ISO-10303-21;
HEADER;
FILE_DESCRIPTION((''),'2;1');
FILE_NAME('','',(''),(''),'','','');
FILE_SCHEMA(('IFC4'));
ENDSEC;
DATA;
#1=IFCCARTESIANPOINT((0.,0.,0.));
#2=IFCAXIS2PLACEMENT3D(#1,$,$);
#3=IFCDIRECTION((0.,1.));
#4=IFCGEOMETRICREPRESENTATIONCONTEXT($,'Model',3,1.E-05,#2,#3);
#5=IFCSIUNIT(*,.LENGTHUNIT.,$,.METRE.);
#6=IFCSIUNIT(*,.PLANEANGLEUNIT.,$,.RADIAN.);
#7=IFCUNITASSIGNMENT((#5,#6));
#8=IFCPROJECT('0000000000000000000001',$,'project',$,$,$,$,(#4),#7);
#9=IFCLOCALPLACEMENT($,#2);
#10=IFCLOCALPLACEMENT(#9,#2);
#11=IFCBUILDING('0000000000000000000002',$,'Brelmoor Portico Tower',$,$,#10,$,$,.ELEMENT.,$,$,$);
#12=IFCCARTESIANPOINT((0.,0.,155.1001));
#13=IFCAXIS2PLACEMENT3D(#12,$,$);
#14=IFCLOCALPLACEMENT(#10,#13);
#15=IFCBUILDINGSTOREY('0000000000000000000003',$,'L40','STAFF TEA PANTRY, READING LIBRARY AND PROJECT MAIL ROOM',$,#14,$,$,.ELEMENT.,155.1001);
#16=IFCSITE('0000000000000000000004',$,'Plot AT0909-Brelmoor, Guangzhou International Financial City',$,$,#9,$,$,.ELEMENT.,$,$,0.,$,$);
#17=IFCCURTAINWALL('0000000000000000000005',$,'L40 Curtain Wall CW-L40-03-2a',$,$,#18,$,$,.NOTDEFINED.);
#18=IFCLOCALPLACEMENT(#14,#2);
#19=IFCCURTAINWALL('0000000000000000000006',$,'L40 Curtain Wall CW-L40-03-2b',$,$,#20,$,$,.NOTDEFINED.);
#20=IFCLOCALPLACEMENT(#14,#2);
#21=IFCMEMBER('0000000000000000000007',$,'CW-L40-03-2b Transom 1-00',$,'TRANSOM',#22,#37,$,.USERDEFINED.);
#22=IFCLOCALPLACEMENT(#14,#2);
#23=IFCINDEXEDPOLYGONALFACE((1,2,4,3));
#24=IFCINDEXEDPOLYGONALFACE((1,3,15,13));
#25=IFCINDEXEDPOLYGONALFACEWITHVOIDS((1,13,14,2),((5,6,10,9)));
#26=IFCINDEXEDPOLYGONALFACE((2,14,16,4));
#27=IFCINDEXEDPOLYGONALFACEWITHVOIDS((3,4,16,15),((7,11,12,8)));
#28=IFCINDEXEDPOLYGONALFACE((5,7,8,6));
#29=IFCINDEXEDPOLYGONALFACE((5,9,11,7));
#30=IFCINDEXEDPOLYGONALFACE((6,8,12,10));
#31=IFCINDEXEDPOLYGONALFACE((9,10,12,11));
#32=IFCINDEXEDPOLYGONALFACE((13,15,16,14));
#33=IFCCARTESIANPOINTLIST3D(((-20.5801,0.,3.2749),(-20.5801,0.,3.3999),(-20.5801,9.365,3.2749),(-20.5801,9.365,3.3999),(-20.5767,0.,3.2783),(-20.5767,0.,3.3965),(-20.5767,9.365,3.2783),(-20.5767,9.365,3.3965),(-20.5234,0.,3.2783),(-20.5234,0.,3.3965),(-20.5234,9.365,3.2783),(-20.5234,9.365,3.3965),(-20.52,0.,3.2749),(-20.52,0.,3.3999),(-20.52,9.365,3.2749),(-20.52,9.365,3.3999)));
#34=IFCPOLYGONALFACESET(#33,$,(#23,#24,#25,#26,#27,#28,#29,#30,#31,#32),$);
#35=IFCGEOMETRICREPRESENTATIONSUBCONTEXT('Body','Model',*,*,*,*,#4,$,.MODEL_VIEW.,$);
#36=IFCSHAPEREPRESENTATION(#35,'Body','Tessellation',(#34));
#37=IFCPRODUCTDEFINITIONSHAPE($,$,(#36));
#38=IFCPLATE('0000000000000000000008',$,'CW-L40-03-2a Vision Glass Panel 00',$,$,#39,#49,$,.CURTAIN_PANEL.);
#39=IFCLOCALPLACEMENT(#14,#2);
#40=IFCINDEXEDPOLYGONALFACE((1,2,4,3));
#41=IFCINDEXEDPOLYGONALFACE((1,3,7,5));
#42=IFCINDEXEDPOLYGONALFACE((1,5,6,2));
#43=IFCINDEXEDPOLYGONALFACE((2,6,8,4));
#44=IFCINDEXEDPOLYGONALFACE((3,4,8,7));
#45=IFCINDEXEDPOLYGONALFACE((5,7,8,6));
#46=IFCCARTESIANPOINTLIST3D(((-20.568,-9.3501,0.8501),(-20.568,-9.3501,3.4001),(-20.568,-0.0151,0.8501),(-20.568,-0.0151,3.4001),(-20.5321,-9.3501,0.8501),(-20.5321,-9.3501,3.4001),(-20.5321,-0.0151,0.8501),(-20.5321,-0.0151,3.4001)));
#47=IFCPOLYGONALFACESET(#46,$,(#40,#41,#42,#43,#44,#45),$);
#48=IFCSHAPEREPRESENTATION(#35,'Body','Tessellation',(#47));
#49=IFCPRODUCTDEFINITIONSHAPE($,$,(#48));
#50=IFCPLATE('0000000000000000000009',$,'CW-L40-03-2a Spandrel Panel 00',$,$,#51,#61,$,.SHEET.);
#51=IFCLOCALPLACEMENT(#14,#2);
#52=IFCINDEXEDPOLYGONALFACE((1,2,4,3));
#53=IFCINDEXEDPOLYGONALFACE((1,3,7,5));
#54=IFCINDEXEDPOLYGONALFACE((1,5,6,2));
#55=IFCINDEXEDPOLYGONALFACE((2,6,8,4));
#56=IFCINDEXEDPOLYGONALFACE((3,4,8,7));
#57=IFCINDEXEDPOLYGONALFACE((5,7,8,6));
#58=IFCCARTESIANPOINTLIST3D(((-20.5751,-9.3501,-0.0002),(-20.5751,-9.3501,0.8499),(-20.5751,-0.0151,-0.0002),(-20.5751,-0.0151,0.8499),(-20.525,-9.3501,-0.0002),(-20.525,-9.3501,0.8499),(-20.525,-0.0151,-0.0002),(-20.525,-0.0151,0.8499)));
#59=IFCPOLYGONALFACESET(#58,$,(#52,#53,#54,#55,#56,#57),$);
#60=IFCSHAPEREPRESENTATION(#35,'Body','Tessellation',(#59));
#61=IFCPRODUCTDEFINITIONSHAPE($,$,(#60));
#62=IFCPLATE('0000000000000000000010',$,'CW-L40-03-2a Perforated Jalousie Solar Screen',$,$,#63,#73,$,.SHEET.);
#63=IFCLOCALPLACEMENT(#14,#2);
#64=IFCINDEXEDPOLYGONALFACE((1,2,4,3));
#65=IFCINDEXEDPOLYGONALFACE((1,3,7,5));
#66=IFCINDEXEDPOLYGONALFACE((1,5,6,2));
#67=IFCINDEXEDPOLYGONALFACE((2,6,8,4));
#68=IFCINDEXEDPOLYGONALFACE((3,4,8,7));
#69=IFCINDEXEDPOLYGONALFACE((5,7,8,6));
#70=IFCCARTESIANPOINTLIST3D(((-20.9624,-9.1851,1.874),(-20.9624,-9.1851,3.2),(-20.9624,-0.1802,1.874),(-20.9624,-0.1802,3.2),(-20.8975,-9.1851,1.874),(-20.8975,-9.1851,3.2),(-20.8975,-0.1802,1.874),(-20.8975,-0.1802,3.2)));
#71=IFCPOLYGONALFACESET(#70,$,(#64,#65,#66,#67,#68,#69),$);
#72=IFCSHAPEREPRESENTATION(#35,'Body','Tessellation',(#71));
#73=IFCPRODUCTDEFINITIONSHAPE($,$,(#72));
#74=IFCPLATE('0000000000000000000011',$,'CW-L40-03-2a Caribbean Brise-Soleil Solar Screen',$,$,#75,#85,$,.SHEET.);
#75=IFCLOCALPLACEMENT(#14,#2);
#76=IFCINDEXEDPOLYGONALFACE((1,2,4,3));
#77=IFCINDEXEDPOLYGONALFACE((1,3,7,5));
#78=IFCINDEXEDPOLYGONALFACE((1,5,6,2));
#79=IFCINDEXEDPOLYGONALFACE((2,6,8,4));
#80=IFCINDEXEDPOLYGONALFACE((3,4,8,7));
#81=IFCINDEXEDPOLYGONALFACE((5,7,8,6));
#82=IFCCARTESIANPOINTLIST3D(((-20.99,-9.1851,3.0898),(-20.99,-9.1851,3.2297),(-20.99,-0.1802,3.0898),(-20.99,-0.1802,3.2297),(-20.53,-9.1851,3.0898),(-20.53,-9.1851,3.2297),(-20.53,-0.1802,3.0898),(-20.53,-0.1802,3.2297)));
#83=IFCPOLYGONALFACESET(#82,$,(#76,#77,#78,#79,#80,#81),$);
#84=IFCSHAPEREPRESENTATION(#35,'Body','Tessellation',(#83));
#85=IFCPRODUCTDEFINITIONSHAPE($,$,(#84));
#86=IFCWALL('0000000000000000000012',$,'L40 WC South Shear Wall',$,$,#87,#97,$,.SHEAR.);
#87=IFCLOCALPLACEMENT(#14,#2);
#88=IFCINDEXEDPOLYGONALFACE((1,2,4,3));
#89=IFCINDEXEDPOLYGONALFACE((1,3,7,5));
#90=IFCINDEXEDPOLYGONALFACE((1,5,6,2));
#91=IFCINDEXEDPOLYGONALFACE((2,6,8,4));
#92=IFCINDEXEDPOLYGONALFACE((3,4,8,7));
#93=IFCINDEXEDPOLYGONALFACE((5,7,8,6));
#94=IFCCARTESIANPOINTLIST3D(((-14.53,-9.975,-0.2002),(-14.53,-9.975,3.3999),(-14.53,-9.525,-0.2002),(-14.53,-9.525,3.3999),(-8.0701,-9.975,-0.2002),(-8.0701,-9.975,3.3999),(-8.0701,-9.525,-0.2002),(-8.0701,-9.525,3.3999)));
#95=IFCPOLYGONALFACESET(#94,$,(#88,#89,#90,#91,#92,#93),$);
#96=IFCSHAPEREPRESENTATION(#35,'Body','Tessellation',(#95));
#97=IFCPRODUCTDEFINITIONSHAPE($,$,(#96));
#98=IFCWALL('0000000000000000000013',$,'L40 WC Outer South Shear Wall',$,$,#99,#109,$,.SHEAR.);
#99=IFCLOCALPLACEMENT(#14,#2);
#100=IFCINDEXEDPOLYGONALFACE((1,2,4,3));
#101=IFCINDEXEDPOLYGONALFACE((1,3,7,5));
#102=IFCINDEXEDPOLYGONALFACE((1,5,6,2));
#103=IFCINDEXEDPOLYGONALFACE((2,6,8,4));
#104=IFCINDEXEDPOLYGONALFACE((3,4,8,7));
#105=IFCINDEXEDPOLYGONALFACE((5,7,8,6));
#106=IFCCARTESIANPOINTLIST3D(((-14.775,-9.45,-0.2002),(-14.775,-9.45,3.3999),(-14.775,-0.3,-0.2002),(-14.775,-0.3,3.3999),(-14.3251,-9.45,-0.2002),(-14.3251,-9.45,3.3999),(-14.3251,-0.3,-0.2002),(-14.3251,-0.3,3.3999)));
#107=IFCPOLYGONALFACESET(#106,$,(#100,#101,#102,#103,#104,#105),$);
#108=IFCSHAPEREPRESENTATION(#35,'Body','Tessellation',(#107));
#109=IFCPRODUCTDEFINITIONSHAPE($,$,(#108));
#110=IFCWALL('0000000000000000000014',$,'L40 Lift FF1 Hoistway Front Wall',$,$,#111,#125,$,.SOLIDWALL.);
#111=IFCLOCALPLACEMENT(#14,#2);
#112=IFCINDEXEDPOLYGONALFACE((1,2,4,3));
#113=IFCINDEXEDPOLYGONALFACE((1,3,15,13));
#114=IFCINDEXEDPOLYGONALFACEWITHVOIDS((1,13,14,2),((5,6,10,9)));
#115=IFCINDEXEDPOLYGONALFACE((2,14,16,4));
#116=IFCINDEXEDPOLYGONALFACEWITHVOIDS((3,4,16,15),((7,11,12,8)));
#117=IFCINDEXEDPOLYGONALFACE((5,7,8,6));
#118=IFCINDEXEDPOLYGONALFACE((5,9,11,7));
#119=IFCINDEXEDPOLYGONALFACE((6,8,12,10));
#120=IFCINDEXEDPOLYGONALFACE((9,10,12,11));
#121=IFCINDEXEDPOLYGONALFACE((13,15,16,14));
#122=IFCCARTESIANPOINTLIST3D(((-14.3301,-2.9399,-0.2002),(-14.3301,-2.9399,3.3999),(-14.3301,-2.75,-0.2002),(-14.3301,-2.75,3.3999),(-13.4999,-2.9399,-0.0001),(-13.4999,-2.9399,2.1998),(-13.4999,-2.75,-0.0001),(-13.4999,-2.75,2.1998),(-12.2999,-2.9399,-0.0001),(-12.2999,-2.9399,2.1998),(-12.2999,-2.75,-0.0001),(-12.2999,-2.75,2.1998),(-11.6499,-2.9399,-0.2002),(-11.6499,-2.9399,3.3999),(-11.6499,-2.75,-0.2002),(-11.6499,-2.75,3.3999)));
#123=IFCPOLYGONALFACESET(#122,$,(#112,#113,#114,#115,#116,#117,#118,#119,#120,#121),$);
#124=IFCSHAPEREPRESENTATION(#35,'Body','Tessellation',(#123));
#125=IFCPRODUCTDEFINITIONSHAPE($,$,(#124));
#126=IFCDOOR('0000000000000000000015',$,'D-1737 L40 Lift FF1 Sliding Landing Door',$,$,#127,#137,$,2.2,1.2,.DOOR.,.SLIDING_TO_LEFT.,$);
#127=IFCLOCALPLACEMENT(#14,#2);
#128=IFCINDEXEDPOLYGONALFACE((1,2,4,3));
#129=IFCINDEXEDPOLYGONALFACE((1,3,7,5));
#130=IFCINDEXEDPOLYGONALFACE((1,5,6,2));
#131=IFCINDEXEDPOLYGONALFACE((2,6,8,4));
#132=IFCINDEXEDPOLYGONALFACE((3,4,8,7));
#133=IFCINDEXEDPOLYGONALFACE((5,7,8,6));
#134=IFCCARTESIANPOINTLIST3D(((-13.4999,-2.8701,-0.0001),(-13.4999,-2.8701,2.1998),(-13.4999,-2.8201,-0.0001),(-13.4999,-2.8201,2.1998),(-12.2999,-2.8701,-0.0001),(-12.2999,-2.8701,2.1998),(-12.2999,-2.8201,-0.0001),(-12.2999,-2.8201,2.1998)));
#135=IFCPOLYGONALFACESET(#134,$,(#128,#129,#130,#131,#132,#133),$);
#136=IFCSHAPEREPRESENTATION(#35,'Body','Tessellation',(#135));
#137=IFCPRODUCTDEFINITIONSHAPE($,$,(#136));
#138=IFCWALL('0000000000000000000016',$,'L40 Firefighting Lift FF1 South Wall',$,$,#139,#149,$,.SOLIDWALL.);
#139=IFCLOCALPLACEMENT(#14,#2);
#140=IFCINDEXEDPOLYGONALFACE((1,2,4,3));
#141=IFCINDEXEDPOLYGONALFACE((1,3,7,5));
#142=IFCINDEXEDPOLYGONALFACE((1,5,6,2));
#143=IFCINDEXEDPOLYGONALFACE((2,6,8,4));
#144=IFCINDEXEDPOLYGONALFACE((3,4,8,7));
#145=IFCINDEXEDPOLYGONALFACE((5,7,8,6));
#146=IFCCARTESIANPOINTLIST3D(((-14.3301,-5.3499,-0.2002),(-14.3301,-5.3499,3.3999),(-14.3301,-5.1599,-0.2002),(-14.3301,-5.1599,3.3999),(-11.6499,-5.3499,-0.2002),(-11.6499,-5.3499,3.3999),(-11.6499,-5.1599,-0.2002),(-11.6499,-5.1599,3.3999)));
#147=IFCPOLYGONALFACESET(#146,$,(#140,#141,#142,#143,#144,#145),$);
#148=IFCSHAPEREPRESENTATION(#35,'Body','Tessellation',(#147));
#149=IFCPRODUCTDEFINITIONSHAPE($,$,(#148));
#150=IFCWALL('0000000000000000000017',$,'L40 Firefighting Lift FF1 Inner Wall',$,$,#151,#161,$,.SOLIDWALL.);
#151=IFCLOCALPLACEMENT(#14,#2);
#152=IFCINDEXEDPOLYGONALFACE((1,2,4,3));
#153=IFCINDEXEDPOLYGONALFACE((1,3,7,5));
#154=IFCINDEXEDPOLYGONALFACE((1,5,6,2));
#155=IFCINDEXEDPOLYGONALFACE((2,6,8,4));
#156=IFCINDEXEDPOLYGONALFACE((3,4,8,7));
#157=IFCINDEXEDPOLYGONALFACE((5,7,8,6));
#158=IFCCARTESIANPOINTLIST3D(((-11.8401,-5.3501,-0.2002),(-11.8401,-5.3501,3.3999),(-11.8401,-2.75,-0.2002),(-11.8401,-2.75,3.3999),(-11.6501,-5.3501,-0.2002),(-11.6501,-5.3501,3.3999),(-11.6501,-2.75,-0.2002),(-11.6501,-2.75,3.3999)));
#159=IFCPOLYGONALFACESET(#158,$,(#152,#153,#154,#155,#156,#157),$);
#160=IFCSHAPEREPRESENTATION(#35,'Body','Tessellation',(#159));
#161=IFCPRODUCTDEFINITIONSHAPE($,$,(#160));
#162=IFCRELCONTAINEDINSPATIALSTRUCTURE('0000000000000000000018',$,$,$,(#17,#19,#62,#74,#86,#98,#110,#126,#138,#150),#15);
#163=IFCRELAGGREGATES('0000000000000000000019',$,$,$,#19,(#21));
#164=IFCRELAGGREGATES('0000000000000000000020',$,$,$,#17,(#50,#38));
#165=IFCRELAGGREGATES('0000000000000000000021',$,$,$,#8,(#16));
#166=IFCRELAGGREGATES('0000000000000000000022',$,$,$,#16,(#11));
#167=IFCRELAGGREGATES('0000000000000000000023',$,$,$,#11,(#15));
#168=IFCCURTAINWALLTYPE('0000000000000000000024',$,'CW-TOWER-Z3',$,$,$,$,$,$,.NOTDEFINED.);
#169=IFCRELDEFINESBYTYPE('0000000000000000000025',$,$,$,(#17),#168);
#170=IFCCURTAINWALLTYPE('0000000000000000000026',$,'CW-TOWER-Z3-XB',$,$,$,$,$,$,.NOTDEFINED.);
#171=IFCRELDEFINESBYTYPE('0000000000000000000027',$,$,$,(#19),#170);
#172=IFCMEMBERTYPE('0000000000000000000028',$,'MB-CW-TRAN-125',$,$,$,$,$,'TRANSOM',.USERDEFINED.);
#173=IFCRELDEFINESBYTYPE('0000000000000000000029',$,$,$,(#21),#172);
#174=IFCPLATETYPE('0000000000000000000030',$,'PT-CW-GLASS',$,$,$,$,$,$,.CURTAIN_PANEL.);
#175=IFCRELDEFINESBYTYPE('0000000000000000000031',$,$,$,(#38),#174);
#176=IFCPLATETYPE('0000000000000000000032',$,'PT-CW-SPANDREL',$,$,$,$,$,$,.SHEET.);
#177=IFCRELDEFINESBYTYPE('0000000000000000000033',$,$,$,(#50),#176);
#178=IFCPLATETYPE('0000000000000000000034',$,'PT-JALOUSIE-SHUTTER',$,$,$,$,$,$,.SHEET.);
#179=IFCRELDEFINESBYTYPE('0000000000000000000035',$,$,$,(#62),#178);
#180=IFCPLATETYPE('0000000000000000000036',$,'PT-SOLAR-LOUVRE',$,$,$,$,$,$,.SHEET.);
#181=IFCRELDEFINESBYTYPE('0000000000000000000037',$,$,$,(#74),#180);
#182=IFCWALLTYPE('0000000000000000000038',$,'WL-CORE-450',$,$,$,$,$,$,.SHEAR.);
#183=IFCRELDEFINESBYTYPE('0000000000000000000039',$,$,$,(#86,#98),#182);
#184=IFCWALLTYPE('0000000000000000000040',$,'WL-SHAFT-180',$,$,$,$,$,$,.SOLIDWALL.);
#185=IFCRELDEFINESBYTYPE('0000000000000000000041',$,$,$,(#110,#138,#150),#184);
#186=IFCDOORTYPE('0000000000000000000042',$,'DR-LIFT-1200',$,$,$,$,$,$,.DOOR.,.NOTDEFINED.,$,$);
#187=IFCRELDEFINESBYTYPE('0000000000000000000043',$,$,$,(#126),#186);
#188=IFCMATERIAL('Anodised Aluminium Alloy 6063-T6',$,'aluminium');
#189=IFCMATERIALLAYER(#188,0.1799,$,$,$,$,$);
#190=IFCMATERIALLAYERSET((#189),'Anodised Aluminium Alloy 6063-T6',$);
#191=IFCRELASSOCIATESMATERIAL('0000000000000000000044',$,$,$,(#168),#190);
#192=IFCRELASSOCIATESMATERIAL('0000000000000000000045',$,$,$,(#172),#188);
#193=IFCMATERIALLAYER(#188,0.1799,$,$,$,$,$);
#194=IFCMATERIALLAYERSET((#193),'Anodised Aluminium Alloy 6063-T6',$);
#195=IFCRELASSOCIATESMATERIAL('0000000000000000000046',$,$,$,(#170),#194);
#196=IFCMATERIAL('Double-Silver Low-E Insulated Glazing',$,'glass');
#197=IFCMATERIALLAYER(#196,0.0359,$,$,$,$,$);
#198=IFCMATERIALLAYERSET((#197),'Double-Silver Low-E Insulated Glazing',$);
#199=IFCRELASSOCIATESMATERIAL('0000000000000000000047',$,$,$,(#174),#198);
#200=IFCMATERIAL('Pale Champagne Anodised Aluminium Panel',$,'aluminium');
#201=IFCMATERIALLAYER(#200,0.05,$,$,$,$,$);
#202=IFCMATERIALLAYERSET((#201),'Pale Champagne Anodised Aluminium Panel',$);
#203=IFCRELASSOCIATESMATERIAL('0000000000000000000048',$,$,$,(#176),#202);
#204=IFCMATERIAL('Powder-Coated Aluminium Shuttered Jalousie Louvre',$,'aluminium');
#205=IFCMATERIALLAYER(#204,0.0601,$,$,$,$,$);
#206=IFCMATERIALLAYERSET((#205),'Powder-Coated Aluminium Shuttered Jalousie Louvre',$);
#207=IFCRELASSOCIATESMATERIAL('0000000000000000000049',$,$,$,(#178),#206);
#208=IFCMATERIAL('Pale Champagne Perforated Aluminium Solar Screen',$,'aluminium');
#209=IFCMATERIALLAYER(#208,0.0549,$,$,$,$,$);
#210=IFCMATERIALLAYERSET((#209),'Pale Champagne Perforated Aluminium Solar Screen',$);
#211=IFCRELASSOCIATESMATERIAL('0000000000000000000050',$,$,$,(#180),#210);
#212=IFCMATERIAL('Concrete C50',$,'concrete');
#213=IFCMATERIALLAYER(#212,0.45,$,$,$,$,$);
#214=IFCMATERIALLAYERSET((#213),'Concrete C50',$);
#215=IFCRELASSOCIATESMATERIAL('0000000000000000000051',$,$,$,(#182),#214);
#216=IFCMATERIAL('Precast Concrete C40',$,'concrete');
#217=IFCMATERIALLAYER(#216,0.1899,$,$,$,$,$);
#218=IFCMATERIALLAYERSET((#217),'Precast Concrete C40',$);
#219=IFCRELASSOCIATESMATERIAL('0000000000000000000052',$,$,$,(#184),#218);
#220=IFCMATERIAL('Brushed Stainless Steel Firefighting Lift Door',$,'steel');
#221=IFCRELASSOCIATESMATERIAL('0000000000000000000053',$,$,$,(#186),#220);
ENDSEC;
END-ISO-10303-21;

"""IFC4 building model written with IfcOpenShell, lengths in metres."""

from ifc_helpers import new_model, si_unit, direction, frame, frame_2d, origin, origin_2d, place, context, subcontext, project, spatial, rectangle, hollow_rectangle, extrude, material, layer, layer_set, material_profile, profile_set, type_object, element, fill, aggregate, save


model = new_model("IFC4")

# Units and contexts
model_context = context("Model", 3, precision=1e-05, world=origin(), true_north=direction((0.0, 1.0)))
body_context = subcontext(model_context, "Body", "Model", "MODEL_VIEW")
ifc_project = project(units=[si_unit("LENGTHUNIT", "METRE"), si_unit("PLANEANGLEUNIT", "RADIAN")], contexts=[model_context])

# Site, building, storey
site_placement = place(None, origin())
site = spatial("IfcSite", under=ifc_project, at=site_placement, Name="Plot AT0909-Brelmoor, Guangzhou International Financial City", CompositionType="ELEMENT", RefElevation=0.0)
building_placement = place(site_placement, origin())
building = spatial("IfcBuilding", under=site, at=building_placement, Name="Brelmoor Portico Tower", CompositionType="ELEMENT")
storey_placement = place(building_placement, frame((0.0, 0.0, 155.1001)))
storey = spatial("IfcBuildingStorey", under=building, at=storey_placement, Name="L40", Description="STAFF TEA PANTRY, READING LIBRARY AND PROJECT MAIL ROOM", CompositionType="ELEMENT", Elevation=155.1001)

# Curtain wall
ifc_material_1 = material(Name="Anodised Aluminium Alloy 6063-T6", Category="aluminium")
ifc_layer_1 = layer(ifc_material_1, 0.1799)
ifc_layer_set_1 = layer_set([ifc_layer_1], Name="Anodised Aluminium Alloy 6063-T6")
curtain_wall_type_1 = type_object("IfcCurtainWallType", Name="CW-TOWER-Z3", PredefinedType="NOTDEFINED", material=ifc_layer_set_1)
curtain_wall_1_placement = place(storey_placement, origin())
curtain_wall_1 = element("IfcCurtainWall", 1, at=curtain_wall_1_placement, inside=storey, type_object=curtain_wall_type_1, Name="L40 Curtain Wall CW-L40-03-2a", PredefinedType="NOTDEFINED")
ifc_material_profile_1 = material_profile(ifc_material_1, hollow_rectangle(XDim=0.0601, YDim=0.125, WallThickness=0.0034, at=origin_2d()), Name="ALU TRANSOM 60x125")
ifc_profile_set_1 = profile_set([ifc_material_profile_1], Name="Anodised Aluminium Alloy 6063-T6")
member_type_1 = type_object("IfcMemberType", Name="MB-CW-TRAN-125", ElementType="TRANSOM", PredefinedType="USERDEFINED", material=ifc_profile_set_1)

# Curtain wall, member
ifc_layer_2 = layer(ifc_material_1, 0.1799)
ifc_layer_set_2 = layer_set([ifc_layer_2], Name="Anodised Aluminium Alloy 6063-T6")
curtain_wall_type_2 = type_object("IfcCurtainWallType", Name="CW-TOWER-Z3-XB", PredefinedType="NOTDEFINED", material=ifc_layer_set_2)
curtain_wall_2_placement = place(storey_placement, origin())
curtain_wall_2 = element("IfcCurtainWall", 2, at=curtain_wall_2_placement, inside=storey, type_object=curtain_wall_type_2, Name="L40 Curtain Wall CW-L40-03-2b", PredefinedType="NOTDEFINED")
member_1_placement = place(storey_placement, frame((-20.55, 0.0, 3.3374), z_axis=(0.0, 1.0, 0.0), x_axis=(-1.0, 0.0, 0.0)))
member_1 = element("IfcMember", 3, at=member_1_placement, type_object=member_type_1, Name="CW-L40-03-2b Transom 1-00", ObjectType="TRANSOM", PredefinedType="USERDEFINED", context=body_context, shape_type="SweptSolid", body=[
    extrude(hollow_rectangle(XDim=0.0601, YDim=0.125, WallThickness=0.0034, at=origin_2d()), origin(), (0.0, 0.0, 1.0), 9.365),
])
aggregate(curtain_wall_2, [member_1])

# Plates
ifc_material_2 = material(Name="Double-Silver Low-E Insulated Glazing", Category="glass")
ifc_layer_3 = layer(ifc_material_2, 0.0359)
ifc_layer_set_3 = layer_set([ifc_layer_3], Name="Double-Silver Low-E Insulated Glazing")
plate_type_1 = type_object("IfcPlateType", Name="PT-CW-GLASS", PredefinedType="CURTAIN_PANEL", material=ifc_layer_set_3)
plate_1_placement = place(storey_placement, frame((-20.55, -4.6826, 0.8501), z_axis=(0.0, 0.0, 1.0), x_axis=(0.0, 1.0, 0.0)))
plate_1 = element("IfcPlate", 4, at=plate_1_placement, type_object=plate_type_1, Name="CW-L40-03-2a Vision Glass Panel 00", PredefinedType="CURTAIN_PANEL", context=body_context, shape_type="SweptSolid", body=[
    extrude(rectangle(XDim=9.335, YDim=0.0359, at=origin_2d()), origin(), (0.0, 0.0, 1.0), 2.55),
])
ifc_material_3 = material(Name="Pale Champagne Anodised Aluminium Panel", Category="aluminium")
ifc_layer_4 = layer(ifc_material_3, 0.05)
ifc_layer_set_4 = layer_set([ifc_layer_4], Name="Pale Champagne Anodised Aluminium Panel")
plate_type_2 = type_object("IfcPlateType", Name="PT-CW-SPANDREL", PredefinedType="SHEET", material=ifc_layer_set_4)
plate_2_placement = place(storey_placement, frame((-20.55, -4.6826, -0.0002), z_axis=(0.0, 0.0, 1.0), x_axis=(0.0, 1.0, 0.0)))
plate_2 = element("IfcPlate", 5, at=plate_2_placement, type_object=plate_type_2, Name="CW-L40-03-2a Spandrel Panel 00", PredefinedType="SHEET", context=body_context, shape_type="SweptSolid", body=[
    extrude(rectangle(XDim=9.335, YDim=0.05, at=origin_2d()), origin(), (0.0, 0.0, 1.0), 0.8501),
])
aggregate(curtain_wall_1, [plate_2, plate_1])

# Plates
ifc_material_4 = material(Name="Powder-Coated Aluminium Shuttered Jalousie Louvre", Category="aluminium")
ifc_layer_5 = layer(ifc_material_4, 0.0601)
ifc_layer_set_5 = layer_set([ifc_layer_5], Name="Powder-Coated Aluminium Shuttered Jalousie Louvre")
plate_type_3 = type_object("IfcPlateType", Name="PT-JALOUSIE-SHUTTER", PredefinedType="SHEET", material=ifc_layer_set_5)
plate_3_placement = place(storey_placement, frame((-20.9299, -4.6826, 1.874), z_axis=(0.0, 0.0, 1.0), x_axis=(0.0, 1.0, 0.0)))
element("IfcPlate", 6, at=plate_3_placement, inside=storey, type_object=plate_type_3, Name="CW-L40-03-2a Perforated Jalousie Solar Screen", PredefinedType="SHEET", context=body_context, shape_type="SweptSolid", body=[
    extrude(rectangle(XDim=9.0049, YDim=0.0649, at=origin_2d()), origin(), (0.0, 0.0, 1.0), 1.3259),
])
ifc_material_5 = material(Name="Pale Champagne Perforated Aluminium Solar Screen", Category="aluminium")
ifc_layer_6 = layer(ifc_material_5, 0.0549)
ifc_layer_set_6 = layer_set([ifc_layer_6], Name="Pale Champagne Perforated Aluminium Solar Screen")
plate_type_4 = type_object("IfcPlateType", Name="PT-SOLAR-LOUVRE", PredefinedType="SHEET", material=ifc_layer_set_6)
plate_4_placement = place(storey_placement, frame((-20.76, -4.6826, 3.0898), z_axis=(0.0, 0.0, 1.0), x_axis=(0.0, 1.0, 0.0)))
element("IfcPlate", 7, at=plate_4_placement, inside=storey, type_object=plate_type_4, Name="CW-L40-03-2a Caribbean Brise-Soleil Solar Screen", PredefinedType="SHEET", context=body_context, shape_type="SweptSolid", body=[
    extrude(rectangle(XDim=9.0049, YDim=0.46, at=origin_2d()), origin(), (0.0, 0.0, 1.0), 0.1399),
])

# Walls
ifc_material_6 = material(Name="Concrete C50", Category="concrete")
ifc_layer_7 = layer(ifc_material_6, 0.45)
ifc_layer_set_7 = layer_set([ifc_layer_7], Name="Concrete C50")
wall_type_1 = type_object("IfcWallType", Name="WL-CORE-450", PredefinedType="SHEAR", material=ifc_layer_set_7)
wall_1_placement = place(storey_placement, frame((-14.53, -9.75, -0.2002), z_axis=(0.0, 0.0, 1.0), x_axis=(1.0, 0.0, 0.0)))
element("IfcWall", 8, at=wall_1_placement, inside=storey, type_object=wall_type_1, Name="L40 WC South Shear Wall", PredefinedType="SHEAR", context=body_context, shape_type="SweptSolid", body=[
    extrude(rectangle(XDim=6.46, YDim=0.45, at=frame_2d((3.23, 0.0))), origin(), (0.0, 0.0, 1.0), 3.6001),
])
wall_2_placement = place(storey_placement, frame((-14.55, -9.45, -0.2002), z_axis=(0.0, 0.0, 1.0), x_axis=(0.0, 1.0, 0.0)))
element("IfcWall", 9, at=wall_2_placement, inside=storey, type_object=wall_type_1, Name="L40 WC Outer South Shear Wall", PredefinedType="SHEAR", context=body_context, shape_type="SweptSolid", body=[
    extrude(rectangle(XDim=9.1499, YDim=0.45, at=frame_2d((4.575, 0.0))), origin(), (0.0, 0.0, 1.0), 3.6001),
])

# Wall, opening, door
ifc_material_7 = material(Name="Precast Concrete C40", Category="concrete")
ifc_layer_8 = layer(ifc_material_7, 0.1899)
ifc_layer_set_8 = layer_set([ifc_layer_8], Name="Precast Concrete C40")
wall_type_2 = type_object("IfcWallType", Name="WL-SHAFT-180", PredefinedType="SOLIDWALL", material=ifc_layer_set_8)
wall_3_placement = place(storey_placement, frame((-14.3301, -2.845, -0.2002), z_axis=(0.0, 0.0, 1.0), x_axis=(1.0, 0.0, 0.0)))
wall_3 = element("IfcWall", 10, at=wall_3_placement, inside=storey, type_object=wall_type_2, Name="L40 Lift FF1 Hoistway Front Wall", PredefinedType="SOLIDWALL", context=body_context, shape_type="SweptSolid", body=[
    extrude(rectangle(XDim=2.6802, YDim=0.1899, at=frame_2d((1.3401, 0.0))), origin(), (0.0, 0.0, 1.0), 3.6001),
])
opening_1_placement = place(wall_3_placement, frame((0.8301, 0.0, 0.2)))
opening_1 = element("IfcOpeningElement", 11, at=opening_1_placement, cuts=wall_3, PredefinedType="OPENING", context=body_context, shape_type="SweptSolid", body=[
    extrude(rectangle(XDim=1.2, YDim=2.2, at=frame_2d((0.6001, 1.1001))), frame((0.0, 0.105, 0.0), z_axis=(0.0, -1.0, 0.0), x_axis=(1.0, 0.0, 0.0)), (0.0, 0.0, 1.0), 0.21),
])
ifc_material_8 = material(Name="Brushed Stainless Steel Firefighting Lift Door", Category="steel")
door_type_1 = type_object("IfcDoorType", Name="DR-LIFT-1200", OperationType="NOTDEFINED", PredefinedType="DOOR", material=ifc_material_8)
door_1_placement = place(opening_1_placement, origin())
door_1 = element("IfcDoor", 12, at=door_1_placement, inside=storey, type_object=door_type_1, Name="D-1737 L40 Lift FF1 Sliding Landing Door", OperationType="SLIDING_TO_LEFT", OverallHeight=2.2, OverallWidth=1.2, PredefinedType="DOOR", context=body_context, shape_type="SweptSolid", body=[
    extrude(rectangle(XDim=1.2, YDim=2.2, at=frame_2d((0.6001, 1.1001))), frame((0.0, 0.0249, 0.0), z_axis=(0.0, -1.0, 0.0), x_axis=(1.0, 0.0, 0.0)), (0.0, 0.0, 1.0), 0.05),
])
fill(opening_1, door_1)

# Walls
wall_4_placement = place(storey_placement, frame((-14.3301, -5.2549, -0.2002), z_axis=(0.0, 0.0, 1.0), x_axis=(1.0, 0.0, 0.0)))
element("IfcWall", 13, at=wall_4_placement, inside=storey, type_object=wall_type_2, Name="L40 Firefighting Lift FF1 South Wall", PredefinedType="SOLIDWALL", context=body_context, shape_type="SweptSolid", body=[
    extrude(rectangle(XDim=2.6802, YDim=0.1899, at=frame_2d((1.3401, 0.0))), origin(), (0.0, 0.0, 1.0), 3.6001),
])
wall_5_placement = place(storey_placement, frame((-11.7451, -5.3501, -0.2002), z_axis=(0.0, 0.0, 1.0), x_axis=(0.0, 1.0, 0.0)))
element("IfcWall", 14, at=wall_5_placement, inside=storey, type_object=wall_type_2, Name="L40 Firefighting Lift FF1 Inner Wall", PredefinedType="SOLIDWALL", context=body_context, shape_type="SweptSolid", body=[
    extrude(rectangle(XDim=2.6001, YDim=0.1899, at=frame_2d((1.3, 0.0))), origin(), (0.0, 0.0, 1.0), 3.6001),
])

save(model, "model.ifc")
